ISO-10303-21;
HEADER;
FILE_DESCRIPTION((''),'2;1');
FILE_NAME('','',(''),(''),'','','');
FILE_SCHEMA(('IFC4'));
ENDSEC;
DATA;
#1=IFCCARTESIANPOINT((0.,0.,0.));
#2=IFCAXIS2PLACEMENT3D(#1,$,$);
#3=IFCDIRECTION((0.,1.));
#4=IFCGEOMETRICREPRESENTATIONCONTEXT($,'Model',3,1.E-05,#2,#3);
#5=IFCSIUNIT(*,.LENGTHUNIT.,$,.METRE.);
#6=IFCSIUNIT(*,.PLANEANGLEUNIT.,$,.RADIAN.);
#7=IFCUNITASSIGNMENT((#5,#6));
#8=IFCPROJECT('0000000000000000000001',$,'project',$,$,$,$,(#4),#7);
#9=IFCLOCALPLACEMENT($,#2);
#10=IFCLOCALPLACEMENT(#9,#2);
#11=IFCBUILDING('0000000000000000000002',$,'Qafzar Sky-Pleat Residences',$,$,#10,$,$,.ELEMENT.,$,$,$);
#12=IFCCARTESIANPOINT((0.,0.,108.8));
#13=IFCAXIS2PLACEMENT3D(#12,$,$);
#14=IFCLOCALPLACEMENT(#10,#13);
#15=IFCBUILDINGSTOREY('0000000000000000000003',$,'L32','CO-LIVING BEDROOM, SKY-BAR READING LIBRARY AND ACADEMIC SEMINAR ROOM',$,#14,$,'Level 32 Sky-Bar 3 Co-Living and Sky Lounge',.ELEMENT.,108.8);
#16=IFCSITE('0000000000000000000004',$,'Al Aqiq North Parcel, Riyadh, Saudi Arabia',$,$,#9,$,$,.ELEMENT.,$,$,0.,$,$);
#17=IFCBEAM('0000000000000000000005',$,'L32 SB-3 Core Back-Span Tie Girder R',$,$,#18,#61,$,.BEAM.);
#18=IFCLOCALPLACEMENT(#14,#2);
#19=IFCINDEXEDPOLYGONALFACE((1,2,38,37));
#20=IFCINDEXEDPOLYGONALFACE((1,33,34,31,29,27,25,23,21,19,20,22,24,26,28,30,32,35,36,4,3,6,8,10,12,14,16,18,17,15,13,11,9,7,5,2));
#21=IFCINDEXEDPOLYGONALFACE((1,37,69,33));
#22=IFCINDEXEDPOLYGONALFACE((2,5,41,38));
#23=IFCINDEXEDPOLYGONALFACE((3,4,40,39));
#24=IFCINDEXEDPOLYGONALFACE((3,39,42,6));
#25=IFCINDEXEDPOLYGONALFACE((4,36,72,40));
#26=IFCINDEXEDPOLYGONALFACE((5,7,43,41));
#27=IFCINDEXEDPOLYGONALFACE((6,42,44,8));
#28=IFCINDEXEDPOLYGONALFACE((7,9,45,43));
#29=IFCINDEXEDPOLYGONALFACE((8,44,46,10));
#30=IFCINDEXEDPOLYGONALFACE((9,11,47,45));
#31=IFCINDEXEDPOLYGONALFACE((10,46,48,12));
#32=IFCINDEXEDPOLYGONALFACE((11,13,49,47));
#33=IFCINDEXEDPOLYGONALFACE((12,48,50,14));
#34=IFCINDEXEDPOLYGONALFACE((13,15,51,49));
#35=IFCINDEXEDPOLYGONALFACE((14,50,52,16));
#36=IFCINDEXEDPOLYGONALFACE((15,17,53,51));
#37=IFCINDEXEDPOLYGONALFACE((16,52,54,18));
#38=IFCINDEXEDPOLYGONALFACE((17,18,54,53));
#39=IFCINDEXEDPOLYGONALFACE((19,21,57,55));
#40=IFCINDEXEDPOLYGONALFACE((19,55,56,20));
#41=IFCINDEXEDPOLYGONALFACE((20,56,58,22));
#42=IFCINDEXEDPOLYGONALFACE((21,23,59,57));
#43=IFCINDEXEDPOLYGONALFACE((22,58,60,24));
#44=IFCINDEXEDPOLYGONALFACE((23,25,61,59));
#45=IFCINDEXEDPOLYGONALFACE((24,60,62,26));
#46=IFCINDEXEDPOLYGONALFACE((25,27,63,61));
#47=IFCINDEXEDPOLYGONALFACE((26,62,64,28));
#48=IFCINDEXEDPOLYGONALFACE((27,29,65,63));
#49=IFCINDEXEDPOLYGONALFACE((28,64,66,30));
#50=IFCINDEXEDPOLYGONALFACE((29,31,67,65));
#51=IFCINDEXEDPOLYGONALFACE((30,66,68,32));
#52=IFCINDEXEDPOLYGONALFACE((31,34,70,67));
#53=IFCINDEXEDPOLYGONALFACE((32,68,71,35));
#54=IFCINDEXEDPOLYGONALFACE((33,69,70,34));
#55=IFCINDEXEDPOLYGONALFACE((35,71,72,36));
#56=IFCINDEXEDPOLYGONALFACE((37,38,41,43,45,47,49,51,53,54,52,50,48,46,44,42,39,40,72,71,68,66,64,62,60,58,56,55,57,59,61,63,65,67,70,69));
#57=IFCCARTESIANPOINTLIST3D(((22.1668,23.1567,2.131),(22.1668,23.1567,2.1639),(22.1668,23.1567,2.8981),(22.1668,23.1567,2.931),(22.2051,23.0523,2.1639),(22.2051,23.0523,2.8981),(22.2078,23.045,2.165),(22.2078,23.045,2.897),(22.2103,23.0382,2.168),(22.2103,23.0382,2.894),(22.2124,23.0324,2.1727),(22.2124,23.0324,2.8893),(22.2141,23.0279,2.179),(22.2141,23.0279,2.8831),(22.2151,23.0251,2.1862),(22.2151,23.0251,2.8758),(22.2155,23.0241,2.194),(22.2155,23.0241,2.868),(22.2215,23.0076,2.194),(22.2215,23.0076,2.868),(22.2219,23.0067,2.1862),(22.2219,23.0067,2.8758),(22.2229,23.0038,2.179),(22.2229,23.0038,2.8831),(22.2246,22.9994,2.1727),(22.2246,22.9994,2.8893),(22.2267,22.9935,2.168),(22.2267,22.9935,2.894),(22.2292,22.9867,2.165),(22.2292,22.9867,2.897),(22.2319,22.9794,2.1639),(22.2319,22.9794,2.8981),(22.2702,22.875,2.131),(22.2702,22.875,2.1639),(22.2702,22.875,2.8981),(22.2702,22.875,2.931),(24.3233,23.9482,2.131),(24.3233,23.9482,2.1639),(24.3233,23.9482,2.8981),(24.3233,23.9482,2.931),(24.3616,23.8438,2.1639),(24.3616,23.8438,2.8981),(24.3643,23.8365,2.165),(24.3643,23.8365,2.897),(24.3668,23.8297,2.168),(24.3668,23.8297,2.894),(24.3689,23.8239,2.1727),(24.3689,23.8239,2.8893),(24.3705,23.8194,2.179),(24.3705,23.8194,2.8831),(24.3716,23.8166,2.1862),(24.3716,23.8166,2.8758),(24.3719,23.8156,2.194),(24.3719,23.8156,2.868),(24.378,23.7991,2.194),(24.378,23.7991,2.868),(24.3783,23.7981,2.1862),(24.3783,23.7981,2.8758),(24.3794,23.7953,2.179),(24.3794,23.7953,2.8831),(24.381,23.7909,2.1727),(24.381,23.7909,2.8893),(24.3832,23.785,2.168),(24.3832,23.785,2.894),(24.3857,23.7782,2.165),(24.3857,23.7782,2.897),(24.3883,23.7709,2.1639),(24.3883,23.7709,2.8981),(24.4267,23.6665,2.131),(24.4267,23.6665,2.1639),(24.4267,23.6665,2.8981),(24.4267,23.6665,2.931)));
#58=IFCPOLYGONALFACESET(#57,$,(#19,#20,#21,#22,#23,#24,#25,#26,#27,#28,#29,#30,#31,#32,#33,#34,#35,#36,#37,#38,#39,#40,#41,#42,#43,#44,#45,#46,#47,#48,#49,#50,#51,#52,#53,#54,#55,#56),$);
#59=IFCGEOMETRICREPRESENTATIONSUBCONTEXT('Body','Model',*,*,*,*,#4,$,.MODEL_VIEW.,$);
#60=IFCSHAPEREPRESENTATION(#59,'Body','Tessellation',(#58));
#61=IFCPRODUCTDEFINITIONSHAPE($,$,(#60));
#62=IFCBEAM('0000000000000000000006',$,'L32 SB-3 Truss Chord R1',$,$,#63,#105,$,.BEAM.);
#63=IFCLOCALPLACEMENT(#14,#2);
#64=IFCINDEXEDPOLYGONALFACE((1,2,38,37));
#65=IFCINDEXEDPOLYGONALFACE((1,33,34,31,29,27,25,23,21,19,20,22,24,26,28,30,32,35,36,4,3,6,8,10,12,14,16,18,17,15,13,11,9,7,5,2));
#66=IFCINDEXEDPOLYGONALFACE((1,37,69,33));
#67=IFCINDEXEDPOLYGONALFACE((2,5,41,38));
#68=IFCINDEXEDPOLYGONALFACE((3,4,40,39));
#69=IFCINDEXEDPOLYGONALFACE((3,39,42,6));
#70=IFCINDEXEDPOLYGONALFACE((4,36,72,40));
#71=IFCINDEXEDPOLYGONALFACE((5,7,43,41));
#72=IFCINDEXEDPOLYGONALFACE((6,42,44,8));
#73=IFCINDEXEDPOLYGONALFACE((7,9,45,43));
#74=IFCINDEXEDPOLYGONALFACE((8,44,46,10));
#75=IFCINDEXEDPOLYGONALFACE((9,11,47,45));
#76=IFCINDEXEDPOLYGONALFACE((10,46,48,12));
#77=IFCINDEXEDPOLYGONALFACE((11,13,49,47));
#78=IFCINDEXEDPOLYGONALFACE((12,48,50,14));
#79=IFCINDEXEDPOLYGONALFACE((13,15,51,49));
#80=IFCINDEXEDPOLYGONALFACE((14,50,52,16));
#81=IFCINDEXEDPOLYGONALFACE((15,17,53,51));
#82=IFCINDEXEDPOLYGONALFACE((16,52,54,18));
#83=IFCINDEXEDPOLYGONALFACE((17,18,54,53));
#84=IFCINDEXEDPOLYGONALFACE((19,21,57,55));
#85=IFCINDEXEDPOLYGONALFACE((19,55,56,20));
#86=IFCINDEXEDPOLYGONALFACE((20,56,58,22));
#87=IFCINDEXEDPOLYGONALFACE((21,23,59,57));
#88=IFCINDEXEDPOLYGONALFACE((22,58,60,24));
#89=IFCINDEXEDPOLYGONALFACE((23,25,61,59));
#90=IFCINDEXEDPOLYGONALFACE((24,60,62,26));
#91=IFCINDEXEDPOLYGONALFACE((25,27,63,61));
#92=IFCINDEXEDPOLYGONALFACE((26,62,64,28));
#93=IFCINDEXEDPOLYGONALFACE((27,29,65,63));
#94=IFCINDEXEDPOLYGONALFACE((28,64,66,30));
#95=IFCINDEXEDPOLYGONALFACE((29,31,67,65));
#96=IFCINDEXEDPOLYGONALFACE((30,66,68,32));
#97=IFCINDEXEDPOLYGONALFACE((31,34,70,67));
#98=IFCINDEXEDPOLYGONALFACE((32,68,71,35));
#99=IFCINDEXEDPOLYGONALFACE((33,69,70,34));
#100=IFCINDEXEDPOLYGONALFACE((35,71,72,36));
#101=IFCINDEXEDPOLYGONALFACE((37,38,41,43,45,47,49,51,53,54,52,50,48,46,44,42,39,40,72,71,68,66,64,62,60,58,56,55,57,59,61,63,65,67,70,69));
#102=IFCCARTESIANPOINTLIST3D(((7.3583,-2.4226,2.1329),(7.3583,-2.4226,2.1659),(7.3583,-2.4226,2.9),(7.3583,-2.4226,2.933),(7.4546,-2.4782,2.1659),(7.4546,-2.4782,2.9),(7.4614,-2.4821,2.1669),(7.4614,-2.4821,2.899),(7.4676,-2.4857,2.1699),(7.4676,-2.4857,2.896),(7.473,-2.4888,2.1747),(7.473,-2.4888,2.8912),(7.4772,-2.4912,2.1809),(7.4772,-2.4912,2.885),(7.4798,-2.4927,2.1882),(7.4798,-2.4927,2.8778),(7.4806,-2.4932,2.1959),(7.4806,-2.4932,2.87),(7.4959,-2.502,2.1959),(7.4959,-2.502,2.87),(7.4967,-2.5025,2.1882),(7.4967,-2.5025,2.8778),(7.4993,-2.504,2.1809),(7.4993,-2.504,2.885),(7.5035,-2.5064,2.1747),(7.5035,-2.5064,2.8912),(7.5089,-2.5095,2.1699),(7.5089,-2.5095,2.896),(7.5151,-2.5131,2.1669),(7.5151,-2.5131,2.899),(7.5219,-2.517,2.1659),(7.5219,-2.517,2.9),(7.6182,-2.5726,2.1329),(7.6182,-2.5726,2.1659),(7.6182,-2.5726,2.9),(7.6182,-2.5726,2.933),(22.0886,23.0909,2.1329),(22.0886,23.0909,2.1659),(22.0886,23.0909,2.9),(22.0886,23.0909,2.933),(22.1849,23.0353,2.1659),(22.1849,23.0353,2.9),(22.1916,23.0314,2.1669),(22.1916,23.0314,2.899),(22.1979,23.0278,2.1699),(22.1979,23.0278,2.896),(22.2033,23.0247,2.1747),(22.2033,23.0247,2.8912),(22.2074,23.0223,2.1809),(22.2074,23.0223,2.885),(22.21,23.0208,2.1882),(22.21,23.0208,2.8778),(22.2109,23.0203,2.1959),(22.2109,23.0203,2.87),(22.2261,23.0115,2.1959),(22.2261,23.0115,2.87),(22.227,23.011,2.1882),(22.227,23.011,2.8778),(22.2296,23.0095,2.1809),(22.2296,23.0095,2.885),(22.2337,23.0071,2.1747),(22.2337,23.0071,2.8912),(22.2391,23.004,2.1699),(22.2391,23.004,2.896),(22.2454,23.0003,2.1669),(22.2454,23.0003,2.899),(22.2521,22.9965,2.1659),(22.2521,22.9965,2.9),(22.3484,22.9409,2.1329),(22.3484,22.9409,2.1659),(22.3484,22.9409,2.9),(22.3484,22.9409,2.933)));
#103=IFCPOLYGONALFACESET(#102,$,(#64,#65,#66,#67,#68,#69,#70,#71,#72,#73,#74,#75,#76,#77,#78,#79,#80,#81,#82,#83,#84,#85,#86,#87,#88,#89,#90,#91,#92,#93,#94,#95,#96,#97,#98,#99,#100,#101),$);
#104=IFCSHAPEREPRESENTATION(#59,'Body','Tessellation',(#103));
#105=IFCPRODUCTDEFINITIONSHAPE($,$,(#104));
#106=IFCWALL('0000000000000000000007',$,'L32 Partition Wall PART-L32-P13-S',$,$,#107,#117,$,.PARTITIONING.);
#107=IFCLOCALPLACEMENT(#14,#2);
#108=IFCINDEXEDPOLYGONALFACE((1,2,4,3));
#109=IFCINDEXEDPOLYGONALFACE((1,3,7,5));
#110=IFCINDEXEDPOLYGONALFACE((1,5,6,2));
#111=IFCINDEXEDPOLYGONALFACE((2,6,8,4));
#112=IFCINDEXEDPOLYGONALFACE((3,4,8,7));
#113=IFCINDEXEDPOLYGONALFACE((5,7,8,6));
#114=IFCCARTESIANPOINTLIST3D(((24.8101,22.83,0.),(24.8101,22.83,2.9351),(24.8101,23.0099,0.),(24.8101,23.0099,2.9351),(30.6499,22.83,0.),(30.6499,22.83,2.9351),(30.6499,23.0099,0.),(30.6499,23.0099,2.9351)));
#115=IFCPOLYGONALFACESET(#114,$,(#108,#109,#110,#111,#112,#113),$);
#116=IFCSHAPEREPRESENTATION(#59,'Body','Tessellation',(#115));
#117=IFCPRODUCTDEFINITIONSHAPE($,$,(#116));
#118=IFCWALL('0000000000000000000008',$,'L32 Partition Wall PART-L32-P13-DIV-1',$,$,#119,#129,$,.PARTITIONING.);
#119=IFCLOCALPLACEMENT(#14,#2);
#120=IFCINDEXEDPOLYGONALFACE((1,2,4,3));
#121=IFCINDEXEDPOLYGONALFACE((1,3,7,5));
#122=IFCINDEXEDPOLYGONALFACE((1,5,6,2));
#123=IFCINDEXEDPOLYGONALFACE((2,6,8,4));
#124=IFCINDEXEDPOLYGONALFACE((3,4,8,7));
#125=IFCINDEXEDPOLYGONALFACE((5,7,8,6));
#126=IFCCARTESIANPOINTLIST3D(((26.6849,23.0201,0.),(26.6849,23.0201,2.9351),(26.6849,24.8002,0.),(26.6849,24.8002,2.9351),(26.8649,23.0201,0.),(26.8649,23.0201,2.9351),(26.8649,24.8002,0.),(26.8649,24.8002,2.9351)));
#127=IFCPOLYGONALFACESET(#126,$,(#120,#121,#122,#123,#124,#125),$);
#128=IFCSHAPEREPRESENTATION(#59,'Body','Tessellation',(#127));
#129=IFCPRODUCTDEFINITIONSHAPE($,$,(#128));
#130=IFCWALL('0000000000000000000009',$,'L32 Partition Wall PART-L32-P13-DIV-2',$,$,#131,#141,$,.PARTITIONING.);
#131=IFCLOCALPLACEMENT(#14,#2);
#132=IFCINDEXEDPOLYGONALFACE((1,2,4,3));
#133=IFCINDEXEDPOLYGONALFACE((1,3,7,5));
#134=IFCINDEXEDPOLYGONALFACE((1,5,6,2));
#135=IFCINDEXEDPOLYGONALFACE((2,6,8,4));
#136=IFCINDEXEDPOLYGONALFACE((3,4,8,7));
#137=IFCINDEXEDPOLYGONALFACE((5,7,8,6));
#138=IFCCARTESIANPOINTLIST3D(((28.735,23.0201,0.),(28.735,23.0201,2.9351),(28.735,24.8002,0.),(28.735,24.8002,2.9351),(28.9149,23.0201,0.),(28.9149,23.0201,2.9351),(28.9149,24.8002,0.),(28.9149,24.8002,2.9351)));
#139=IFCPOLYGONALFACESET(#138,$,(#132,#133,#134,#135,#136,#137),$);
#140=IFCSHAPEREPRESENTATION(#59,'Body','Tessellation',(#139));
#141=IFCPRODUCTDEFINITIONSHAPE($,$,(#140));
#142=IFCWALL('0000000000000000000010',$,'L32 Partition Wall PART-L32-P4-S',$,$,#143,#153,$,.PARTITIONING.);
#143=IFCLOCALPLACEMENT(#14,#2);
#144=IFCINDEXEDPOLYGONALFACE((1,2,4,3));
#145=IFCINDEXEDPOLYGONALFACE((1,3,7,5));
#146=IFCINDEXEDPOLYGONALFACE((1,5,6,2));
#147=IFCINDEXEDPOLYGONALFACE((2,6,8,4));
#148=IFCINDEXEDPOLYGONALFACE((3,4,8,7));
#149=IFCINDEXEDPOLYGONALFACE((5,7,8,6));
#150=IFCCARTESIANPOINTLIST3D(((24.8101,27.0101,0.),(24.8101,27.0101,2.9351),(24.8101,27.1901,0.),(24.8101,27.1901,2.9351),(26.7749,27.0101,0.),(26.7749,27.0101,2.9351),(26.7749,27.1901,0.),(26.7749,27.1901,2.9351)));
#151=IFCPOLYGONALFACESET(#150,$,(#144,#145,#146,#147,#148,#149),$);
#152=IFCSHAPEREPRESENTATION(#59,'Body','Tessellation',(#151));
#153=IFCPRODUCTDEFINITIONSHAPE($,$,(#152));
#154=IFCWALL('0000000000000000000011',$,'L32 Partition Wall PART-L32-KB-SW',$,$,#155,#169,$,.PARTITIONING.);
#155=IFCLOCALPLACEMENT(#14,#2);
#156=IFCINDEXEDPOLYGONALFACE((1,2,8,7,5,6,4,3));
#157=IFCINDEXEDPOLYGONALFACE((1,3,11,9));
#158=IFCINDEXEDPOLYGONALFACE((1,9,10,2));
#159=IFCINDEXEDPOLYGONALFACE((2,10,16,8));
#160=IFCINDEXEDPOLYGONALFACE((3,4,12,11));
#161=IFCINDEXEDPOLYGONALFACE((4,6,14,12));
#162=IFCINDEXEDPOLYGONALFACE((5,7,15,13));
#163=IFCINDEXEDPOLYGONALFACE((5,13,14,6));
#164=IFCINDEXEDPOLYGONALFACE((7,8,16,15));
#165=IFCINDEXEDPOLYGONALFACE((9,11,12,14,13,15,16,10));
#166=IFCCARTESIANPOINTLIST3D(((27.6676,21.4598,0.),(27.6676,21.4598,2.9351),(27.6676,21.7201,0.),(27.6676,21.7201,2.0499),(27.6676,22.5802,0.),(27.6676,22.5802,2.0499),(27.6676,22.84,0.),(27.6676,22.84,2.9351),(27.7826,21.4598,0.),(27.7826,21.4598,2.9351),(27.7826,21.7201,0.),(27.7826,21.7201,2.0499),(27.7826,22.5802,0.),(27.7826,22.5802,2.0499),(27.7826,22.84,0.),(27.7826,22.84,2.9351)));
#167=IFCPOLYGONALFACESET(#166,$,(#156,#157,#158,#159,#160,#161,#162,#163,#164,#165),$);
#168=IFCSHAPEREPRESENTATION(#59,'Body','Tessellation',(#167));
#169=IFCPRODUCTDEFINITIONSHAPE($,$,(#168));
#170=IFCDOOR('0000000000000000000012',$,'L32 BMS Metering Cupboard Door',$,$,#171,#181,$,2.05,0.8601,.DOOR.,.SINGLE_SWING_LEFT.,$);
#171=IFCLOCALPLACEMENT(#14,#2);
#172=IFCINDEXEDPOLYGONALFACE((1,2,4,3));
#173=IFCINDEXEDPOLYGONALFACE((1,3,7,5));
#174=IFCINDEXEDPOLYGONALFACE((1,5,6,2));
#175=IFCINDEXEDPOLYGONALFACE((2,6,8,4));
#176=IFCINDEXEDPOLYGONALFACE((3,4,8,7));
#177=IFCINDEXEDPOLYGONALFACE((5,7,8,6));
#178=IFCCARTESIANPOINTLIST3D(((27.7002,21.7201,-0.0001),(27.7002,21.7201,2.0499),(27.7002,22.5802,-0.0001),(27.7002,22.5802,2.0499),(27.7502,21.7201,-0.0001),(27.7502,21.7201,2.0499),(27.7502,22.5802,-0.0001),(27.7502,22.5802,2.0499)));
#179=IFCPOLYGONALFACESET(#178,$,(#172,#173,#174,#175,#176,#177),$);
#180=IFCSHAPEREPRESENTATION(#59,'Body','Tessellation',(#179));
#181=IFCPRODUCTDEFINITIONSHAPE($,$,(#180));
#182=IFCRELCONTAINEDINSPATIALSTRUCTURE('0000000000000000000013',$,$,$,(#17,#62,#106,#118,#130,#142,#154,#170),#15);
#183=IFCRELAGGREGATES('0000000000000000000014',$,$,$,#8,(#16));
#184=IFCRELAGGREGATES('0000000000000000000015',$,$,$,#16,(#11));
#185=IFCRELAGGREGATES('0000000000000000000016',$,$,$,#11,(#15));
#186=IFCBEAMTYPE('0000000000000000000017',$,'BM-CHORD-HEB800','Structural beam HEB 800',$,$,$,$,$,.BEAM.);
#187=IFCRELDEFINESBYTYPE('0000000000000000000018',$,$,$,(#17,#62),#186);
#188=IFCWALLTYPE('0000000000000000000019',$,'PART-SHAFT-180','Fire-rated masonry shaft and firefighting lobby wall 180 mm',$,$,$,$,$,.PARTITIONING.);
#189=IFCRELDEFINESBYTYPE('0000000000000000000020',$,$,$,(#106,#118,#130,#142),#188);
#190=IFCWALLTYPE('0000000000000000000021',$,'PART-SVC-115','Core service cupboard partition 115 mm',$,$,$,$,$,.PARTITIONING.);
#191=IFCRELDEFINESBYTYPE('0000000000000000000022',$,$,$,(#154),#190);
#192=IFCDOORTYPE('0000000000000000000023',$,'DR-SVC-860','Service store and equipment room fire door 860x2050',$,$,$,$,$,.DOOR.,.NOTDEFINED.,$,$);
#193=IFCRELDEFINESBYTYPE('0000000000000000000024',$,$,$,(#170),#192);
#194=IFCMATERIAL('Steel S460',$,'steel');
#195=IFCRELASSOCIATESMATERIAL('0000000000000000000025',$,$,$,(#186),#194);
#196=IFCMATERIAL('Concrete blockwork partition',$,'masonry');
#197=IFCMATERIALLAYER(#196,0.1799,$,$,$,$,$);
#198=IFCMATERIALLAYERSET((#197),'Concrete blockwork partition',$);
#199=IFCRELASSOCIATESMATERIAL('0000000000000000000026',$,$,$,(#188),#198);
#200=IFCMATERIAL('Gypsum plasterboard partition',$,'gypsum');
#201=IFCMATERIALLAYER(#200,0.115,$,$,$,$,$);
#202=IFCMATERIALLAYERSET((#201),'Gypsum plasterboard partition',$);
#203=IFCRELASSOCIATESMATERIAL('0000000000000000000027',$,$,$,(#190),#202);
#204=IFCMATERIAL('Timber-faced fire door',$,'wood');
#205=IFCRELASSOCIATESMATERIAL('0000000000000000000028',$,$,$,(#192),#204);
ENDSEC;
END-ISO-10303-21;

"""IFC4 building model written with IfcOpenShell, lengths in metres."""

from ifc_helpers import new_model, si_unit, direction, frame, frame_2d, origin, origin_2d, place, context, subcontext, project, spatial, rectangle, i_section, extrude, source, transform, mapped, material, layer, layer_set, material_profile, profile_set, type_object, element, fill, save


model = new_model("IFC4")

# Units and contexts
model_context = context("Model", 3, precision=1e-05, world=origin(), true_north=direction((0.0, 1.0)))
body_context = subcontext(model_context, "Body", "Model", "MODEL_VIEW")
ifc_project = project(units=[si_unit("LENGTHUNIT", "METRE"), si_unit("PLANEANGLEUNIT", "RADIAN")], contexts=[model_context])

# Site, building, storey
site_placement = place(None, origin())
site = spatial("IfcSite", under=ifc_project, at=site_placement, Name="Al Aqiq North Parcel, Riyadh, Saudi Arabia", CompositionType="ELEMENT", RefElevation=0.0)
building_placement = place(site_placement, origin())
building = spatial("IfcBuilding", under=site, at=building_placement, Name="Qafzar Sky-Pleat Residences", CompositionType="ELEMENT")
storey_placement = place(building_placement, frame((0.0, 0.0, 108.8)))
storey = spatial("IfcBuildingStorey", under=building, at=storey_placement, Name="L32", Description="CO-LIVING BEDROOM, SKY-BAR READING LIBRARY AND ACADEMIC SEMINAR ROOM", LongName="Level 32 Sky-Bar 3 Co-Living and Sky Lounge", CompositionType="ELEMENT", Elevation=108.8)

# Beams
ifc_material_1 = material(Name="Steel S460", Category="steel")
ifc_material_profile = material_profile(ifc_material_1, i_section(OverallWidth=0.3, OverallDepth=0.8, WebThickness=0.0176, FlangeThickness=0.033, FilletRadius=0.03, at=origin_2d()), Name="HEB 800")
ifc_profile_set = profile_set([ifc_material_profile], Name="Steel S460")
beam_type = type_object("IfcBeamType", Name="BM-CHORD-HEB800", Description="Structural beam HEB 800", PredefinedType="BEAM", material=ifc_profile_set)
shared_shape_1 = source(origin(), body_context, "Body", "SweptSolid", [
    extrude(i_section(OverallWidth=0.3, OverallDepth=0.8, WebThickness=0.0176, FlangeThickness=0.033, FilletRadius=0.03, at=origin_2d()), origin(), (0.0, 0.0, 1.0), 2.2971),
])
beam_1_placement = place(storey_placement, frame((22.2185, 23.0159, 2.531), z_axis=(0.938765, 0.344558, 0.0), x_axis=(-0.344558, 0.938765, 0.0)))
element("IfcBeam", 1, at=beam_1_placement, inside=storey, type_object=beam_type, Name="L32 SB-3 Core Back-Span Tie Girder R", PredefinedType="BEAM", context=body_context, shape_type="MappedRepresentation", body=[
    mapped(shared_shape_1, transform((0.0, 0.0, 0.0), x_axis=(1.0, 0.0, 0.0), y_axis=(0.0, 1.0, 0.0), z_axis=(0.0, 0.0, 1.0), scale=1.0)),
])
shared_shape_2 = source(origin(), body_context, "Body", "SweptSolid", [
    extrude(i_section(OverallWidth=0.3, OverallDepth=0.8, WebThickness=0.0176, FlangeThickness=0.033, FilletRadius=0.03, at=origin_2d()), origin(), (0.0, 0.0, 1.0), 29.4604),
])
beam_2_placement = place(storey_placement, frame((22.2185, 23.0159, 2.533), z_axis=(-0.500001, -0.866025, 0.0), x_axis=(0.866025, -0.500001, 0.0)))
element("IfcBeam", 2, at=beam_2_placement, inside=storey, type_object=beam_type, Name="L32 SB-3 Truss Chord R1", PredefinedType="BEAM", context=body_context, shape_type="MappedRepresentation", body=[
    mapped(shared_shape_2, transform((0.0, 0.0, 0.0), x_axis=(1.0, 0.0, 0.0), y_axis=(0.0, 1.0, 0.0), z_axis=(0.0, 0.0, 1.0), scale=1.0)),
])

# Wall
ifc_material_2 = material(Name="Concrete blockwork partition", Category="masonry")
ifc_layer_1 = layer(ifc_material_2, 0.1799)
ifc_layer_set_1 = layer_set([ifc_layer_1], Name="Concrete blockwork partition")
wall_type_1 = type_object("IfcWallType", Name="PART-SHAFT-180", Description="Fire-rated masonry shaft and firefighting lobby wall 180 mm", PredefinedType="PARTITIONING", material=ifc_layer_set_1)
wall_1_placement = place(storey_placement, frame((24.8101, 22.9199, 0.0), z_axis=(0.0, 0.0, 1.0), x_axis=(1.0, 0.0, 0.0)))
element("IfcWall", 3, at=wall_1_placement, inside=storey, type_object=wall_type_1, Name="L32 Partition Wall PART-L32-P13-S", PredefinedType="PARTITIONING", context=body_context, shape_type="SweptSolid", body=[
    extrude(rectangle(XDim=5.8398, YDim=0.1799, at=frame_2d((2.9199, 0.0))), origin(), (0.0, 0.0, 1.0), 2.9351),
])

# Walls
for number, where, z_axis, x_axis, name in (
    (4, (26.7749, 23.02, 0.0), (0.0, 0.0, 1.0), (0.0, 1.0, 0.0), "L32 Partition Wall PART-L32-P13-DIV-1"),
    (5, (28.825, 23.02, 0.0), (0.0, 0.0, 1.0), (0.0, 1.0, 0.0), "L32 Partition Wall PART-L32-P13-DIV-2"),
):
    element("IfcWall", number, at=place(storey_placement, frame(where, z_axis=z_axis, x_axis=x_axis)), inside=storey, type_object=wall_type_1, Name=name, PredefinedType="PARTITIONING", context=body_context, shape_type="SweptSolid", body=[
        extrude(rectangle(XDim=1.78, YDim=0.1799, at=frame_2d((0.8901, 0.0))), origin(), (0.0, 0.0, 1.0), 2.9351),
    ])
wall_2_placement = place(storey_placement, frame((24.8101, 27.1001, 0.0), z_axis=(0.0, 0.0, 1.0), x_axis=(1.0, 0.0, 0.0)))
element("IfcWall", 6, at=wall_2_placement, inside=storey, type_object=wall_type_1, Name="L32 Partition Wall PART-L32-P4-S", PredefinedType="PARTITIONING", context=body_context, shape_type="SweptSolid", body=[
    extrude(rectangle(XDim=1.9648, YDim=0.1799, at=frame_2d((0.9824, 0.0))), origin(), (0.0, 0.0, 1.0), 2.9351),
])

# Wall, opening, door
ifc_material_3 = material(Name="Gypsum plasterboard partition", Category="gypsum")
ifc_layer_2 = layer(ifc_material_3, 0.115)
ifc_layer_set_2 = layer_set([ifc_layer_2], Name="Gypsum plasterboard partition")
wall_type_2 = type_object("IfcWallType", Name="PART-SVC-115", Description="Core service cupboard partition 115 mm", PredefinedType="PARTITIONING", material=ifc_layer_set_2)
wall_3_placement = place(storey_placement, frame((27.7251, 21.46, 0.0), z_axis=(0.0, 0.0, 1.0), x_axis=(0.0, 1.0, 0.0)))
wall_3 = element("IfcWall", 7, at=wall_3_placement, inside=storey, type_object=wall_type_2, Name="L32 Partition Wall PART-L32-KB-SW", PredefinedType="PARTITIONING", context=body_context, shape_type="SweptSolid", body=[
    extrude(rectangle(XDim=1.3801, YDim=0.115, at=frame_2d((0.6899, 0.0))), origin(), (0.0, 0.0, 1.0), 2.9351),
])
opening_1_placement = place(wall_3_placement, frame((0.26, 0.0, 0.0)))
opening_1 = element("IfcOpeningElement", 8, at=opening_1_placement, cuts=wall_3, PredefinedType="OPENING", context=body_context, shape_type="SweptSolid", body=[
    extrude(rectangle(XDim=0.8601, YDim=2.05, at=frame_2d((0.4302, 1.0249))), frame((0.0, 0.0674, 0.0), z_axis=(0.0, -1.0, 0.0), x_axis=(1.0, 0.0, 0.0)), (0.0, 0.0, 1.0), 0.135),
])
ifc_material_4 = material(Name="Timber-faced fire door", Category="wood")
door_type_1 = type_object("IfcDoorType", Name="DR-SVC-860", Description="Service store and equipment room fire door 860x2050", OperationType="NOTDEFINED", PredefinedType="DOOR", material=ifc_material_4)
shared_shape_3 = source(origin(), body_context, "Body", "SweptSolid", [
    extrude(rectangle(XDim=0.8601, YDim=2.05, at=frame_2d((0.4302, 1.0249))), frame((0.0, 0.0249, 0.0), z_axis=(0.0, -1.0, 0.0), x_axis=(1.0, 0.0, 0.0)), (0.0, 0.0, 1.0), 0.05),
])
door_1_placement = place(opening_1_placement, origin())
door_1 = element("IfcDoor", 9, at=door_1_placement, inside=storey, type_object=door_type_1, Name="L32 BMS Metering Cupboard Door", OperationType="SINGLE_SWING_LEFT", OverallHeight=2.05, OverallWidth=0.8601, PredefinedType="DOOR", context=body_context, shape_type="MappedRepresentation", body=[
    mapped(shared_shape_3, transform((0.0, 0.0, 0.0), x_axis=(1.0, 0.0, 0.0), y_axis=(0.0, 1.0, 0.0), z_axis=(0.0, 0.0, 1.0), scale=1.0)),
])
fill(opening_1, door_1)

save(model, "model.ifc")
